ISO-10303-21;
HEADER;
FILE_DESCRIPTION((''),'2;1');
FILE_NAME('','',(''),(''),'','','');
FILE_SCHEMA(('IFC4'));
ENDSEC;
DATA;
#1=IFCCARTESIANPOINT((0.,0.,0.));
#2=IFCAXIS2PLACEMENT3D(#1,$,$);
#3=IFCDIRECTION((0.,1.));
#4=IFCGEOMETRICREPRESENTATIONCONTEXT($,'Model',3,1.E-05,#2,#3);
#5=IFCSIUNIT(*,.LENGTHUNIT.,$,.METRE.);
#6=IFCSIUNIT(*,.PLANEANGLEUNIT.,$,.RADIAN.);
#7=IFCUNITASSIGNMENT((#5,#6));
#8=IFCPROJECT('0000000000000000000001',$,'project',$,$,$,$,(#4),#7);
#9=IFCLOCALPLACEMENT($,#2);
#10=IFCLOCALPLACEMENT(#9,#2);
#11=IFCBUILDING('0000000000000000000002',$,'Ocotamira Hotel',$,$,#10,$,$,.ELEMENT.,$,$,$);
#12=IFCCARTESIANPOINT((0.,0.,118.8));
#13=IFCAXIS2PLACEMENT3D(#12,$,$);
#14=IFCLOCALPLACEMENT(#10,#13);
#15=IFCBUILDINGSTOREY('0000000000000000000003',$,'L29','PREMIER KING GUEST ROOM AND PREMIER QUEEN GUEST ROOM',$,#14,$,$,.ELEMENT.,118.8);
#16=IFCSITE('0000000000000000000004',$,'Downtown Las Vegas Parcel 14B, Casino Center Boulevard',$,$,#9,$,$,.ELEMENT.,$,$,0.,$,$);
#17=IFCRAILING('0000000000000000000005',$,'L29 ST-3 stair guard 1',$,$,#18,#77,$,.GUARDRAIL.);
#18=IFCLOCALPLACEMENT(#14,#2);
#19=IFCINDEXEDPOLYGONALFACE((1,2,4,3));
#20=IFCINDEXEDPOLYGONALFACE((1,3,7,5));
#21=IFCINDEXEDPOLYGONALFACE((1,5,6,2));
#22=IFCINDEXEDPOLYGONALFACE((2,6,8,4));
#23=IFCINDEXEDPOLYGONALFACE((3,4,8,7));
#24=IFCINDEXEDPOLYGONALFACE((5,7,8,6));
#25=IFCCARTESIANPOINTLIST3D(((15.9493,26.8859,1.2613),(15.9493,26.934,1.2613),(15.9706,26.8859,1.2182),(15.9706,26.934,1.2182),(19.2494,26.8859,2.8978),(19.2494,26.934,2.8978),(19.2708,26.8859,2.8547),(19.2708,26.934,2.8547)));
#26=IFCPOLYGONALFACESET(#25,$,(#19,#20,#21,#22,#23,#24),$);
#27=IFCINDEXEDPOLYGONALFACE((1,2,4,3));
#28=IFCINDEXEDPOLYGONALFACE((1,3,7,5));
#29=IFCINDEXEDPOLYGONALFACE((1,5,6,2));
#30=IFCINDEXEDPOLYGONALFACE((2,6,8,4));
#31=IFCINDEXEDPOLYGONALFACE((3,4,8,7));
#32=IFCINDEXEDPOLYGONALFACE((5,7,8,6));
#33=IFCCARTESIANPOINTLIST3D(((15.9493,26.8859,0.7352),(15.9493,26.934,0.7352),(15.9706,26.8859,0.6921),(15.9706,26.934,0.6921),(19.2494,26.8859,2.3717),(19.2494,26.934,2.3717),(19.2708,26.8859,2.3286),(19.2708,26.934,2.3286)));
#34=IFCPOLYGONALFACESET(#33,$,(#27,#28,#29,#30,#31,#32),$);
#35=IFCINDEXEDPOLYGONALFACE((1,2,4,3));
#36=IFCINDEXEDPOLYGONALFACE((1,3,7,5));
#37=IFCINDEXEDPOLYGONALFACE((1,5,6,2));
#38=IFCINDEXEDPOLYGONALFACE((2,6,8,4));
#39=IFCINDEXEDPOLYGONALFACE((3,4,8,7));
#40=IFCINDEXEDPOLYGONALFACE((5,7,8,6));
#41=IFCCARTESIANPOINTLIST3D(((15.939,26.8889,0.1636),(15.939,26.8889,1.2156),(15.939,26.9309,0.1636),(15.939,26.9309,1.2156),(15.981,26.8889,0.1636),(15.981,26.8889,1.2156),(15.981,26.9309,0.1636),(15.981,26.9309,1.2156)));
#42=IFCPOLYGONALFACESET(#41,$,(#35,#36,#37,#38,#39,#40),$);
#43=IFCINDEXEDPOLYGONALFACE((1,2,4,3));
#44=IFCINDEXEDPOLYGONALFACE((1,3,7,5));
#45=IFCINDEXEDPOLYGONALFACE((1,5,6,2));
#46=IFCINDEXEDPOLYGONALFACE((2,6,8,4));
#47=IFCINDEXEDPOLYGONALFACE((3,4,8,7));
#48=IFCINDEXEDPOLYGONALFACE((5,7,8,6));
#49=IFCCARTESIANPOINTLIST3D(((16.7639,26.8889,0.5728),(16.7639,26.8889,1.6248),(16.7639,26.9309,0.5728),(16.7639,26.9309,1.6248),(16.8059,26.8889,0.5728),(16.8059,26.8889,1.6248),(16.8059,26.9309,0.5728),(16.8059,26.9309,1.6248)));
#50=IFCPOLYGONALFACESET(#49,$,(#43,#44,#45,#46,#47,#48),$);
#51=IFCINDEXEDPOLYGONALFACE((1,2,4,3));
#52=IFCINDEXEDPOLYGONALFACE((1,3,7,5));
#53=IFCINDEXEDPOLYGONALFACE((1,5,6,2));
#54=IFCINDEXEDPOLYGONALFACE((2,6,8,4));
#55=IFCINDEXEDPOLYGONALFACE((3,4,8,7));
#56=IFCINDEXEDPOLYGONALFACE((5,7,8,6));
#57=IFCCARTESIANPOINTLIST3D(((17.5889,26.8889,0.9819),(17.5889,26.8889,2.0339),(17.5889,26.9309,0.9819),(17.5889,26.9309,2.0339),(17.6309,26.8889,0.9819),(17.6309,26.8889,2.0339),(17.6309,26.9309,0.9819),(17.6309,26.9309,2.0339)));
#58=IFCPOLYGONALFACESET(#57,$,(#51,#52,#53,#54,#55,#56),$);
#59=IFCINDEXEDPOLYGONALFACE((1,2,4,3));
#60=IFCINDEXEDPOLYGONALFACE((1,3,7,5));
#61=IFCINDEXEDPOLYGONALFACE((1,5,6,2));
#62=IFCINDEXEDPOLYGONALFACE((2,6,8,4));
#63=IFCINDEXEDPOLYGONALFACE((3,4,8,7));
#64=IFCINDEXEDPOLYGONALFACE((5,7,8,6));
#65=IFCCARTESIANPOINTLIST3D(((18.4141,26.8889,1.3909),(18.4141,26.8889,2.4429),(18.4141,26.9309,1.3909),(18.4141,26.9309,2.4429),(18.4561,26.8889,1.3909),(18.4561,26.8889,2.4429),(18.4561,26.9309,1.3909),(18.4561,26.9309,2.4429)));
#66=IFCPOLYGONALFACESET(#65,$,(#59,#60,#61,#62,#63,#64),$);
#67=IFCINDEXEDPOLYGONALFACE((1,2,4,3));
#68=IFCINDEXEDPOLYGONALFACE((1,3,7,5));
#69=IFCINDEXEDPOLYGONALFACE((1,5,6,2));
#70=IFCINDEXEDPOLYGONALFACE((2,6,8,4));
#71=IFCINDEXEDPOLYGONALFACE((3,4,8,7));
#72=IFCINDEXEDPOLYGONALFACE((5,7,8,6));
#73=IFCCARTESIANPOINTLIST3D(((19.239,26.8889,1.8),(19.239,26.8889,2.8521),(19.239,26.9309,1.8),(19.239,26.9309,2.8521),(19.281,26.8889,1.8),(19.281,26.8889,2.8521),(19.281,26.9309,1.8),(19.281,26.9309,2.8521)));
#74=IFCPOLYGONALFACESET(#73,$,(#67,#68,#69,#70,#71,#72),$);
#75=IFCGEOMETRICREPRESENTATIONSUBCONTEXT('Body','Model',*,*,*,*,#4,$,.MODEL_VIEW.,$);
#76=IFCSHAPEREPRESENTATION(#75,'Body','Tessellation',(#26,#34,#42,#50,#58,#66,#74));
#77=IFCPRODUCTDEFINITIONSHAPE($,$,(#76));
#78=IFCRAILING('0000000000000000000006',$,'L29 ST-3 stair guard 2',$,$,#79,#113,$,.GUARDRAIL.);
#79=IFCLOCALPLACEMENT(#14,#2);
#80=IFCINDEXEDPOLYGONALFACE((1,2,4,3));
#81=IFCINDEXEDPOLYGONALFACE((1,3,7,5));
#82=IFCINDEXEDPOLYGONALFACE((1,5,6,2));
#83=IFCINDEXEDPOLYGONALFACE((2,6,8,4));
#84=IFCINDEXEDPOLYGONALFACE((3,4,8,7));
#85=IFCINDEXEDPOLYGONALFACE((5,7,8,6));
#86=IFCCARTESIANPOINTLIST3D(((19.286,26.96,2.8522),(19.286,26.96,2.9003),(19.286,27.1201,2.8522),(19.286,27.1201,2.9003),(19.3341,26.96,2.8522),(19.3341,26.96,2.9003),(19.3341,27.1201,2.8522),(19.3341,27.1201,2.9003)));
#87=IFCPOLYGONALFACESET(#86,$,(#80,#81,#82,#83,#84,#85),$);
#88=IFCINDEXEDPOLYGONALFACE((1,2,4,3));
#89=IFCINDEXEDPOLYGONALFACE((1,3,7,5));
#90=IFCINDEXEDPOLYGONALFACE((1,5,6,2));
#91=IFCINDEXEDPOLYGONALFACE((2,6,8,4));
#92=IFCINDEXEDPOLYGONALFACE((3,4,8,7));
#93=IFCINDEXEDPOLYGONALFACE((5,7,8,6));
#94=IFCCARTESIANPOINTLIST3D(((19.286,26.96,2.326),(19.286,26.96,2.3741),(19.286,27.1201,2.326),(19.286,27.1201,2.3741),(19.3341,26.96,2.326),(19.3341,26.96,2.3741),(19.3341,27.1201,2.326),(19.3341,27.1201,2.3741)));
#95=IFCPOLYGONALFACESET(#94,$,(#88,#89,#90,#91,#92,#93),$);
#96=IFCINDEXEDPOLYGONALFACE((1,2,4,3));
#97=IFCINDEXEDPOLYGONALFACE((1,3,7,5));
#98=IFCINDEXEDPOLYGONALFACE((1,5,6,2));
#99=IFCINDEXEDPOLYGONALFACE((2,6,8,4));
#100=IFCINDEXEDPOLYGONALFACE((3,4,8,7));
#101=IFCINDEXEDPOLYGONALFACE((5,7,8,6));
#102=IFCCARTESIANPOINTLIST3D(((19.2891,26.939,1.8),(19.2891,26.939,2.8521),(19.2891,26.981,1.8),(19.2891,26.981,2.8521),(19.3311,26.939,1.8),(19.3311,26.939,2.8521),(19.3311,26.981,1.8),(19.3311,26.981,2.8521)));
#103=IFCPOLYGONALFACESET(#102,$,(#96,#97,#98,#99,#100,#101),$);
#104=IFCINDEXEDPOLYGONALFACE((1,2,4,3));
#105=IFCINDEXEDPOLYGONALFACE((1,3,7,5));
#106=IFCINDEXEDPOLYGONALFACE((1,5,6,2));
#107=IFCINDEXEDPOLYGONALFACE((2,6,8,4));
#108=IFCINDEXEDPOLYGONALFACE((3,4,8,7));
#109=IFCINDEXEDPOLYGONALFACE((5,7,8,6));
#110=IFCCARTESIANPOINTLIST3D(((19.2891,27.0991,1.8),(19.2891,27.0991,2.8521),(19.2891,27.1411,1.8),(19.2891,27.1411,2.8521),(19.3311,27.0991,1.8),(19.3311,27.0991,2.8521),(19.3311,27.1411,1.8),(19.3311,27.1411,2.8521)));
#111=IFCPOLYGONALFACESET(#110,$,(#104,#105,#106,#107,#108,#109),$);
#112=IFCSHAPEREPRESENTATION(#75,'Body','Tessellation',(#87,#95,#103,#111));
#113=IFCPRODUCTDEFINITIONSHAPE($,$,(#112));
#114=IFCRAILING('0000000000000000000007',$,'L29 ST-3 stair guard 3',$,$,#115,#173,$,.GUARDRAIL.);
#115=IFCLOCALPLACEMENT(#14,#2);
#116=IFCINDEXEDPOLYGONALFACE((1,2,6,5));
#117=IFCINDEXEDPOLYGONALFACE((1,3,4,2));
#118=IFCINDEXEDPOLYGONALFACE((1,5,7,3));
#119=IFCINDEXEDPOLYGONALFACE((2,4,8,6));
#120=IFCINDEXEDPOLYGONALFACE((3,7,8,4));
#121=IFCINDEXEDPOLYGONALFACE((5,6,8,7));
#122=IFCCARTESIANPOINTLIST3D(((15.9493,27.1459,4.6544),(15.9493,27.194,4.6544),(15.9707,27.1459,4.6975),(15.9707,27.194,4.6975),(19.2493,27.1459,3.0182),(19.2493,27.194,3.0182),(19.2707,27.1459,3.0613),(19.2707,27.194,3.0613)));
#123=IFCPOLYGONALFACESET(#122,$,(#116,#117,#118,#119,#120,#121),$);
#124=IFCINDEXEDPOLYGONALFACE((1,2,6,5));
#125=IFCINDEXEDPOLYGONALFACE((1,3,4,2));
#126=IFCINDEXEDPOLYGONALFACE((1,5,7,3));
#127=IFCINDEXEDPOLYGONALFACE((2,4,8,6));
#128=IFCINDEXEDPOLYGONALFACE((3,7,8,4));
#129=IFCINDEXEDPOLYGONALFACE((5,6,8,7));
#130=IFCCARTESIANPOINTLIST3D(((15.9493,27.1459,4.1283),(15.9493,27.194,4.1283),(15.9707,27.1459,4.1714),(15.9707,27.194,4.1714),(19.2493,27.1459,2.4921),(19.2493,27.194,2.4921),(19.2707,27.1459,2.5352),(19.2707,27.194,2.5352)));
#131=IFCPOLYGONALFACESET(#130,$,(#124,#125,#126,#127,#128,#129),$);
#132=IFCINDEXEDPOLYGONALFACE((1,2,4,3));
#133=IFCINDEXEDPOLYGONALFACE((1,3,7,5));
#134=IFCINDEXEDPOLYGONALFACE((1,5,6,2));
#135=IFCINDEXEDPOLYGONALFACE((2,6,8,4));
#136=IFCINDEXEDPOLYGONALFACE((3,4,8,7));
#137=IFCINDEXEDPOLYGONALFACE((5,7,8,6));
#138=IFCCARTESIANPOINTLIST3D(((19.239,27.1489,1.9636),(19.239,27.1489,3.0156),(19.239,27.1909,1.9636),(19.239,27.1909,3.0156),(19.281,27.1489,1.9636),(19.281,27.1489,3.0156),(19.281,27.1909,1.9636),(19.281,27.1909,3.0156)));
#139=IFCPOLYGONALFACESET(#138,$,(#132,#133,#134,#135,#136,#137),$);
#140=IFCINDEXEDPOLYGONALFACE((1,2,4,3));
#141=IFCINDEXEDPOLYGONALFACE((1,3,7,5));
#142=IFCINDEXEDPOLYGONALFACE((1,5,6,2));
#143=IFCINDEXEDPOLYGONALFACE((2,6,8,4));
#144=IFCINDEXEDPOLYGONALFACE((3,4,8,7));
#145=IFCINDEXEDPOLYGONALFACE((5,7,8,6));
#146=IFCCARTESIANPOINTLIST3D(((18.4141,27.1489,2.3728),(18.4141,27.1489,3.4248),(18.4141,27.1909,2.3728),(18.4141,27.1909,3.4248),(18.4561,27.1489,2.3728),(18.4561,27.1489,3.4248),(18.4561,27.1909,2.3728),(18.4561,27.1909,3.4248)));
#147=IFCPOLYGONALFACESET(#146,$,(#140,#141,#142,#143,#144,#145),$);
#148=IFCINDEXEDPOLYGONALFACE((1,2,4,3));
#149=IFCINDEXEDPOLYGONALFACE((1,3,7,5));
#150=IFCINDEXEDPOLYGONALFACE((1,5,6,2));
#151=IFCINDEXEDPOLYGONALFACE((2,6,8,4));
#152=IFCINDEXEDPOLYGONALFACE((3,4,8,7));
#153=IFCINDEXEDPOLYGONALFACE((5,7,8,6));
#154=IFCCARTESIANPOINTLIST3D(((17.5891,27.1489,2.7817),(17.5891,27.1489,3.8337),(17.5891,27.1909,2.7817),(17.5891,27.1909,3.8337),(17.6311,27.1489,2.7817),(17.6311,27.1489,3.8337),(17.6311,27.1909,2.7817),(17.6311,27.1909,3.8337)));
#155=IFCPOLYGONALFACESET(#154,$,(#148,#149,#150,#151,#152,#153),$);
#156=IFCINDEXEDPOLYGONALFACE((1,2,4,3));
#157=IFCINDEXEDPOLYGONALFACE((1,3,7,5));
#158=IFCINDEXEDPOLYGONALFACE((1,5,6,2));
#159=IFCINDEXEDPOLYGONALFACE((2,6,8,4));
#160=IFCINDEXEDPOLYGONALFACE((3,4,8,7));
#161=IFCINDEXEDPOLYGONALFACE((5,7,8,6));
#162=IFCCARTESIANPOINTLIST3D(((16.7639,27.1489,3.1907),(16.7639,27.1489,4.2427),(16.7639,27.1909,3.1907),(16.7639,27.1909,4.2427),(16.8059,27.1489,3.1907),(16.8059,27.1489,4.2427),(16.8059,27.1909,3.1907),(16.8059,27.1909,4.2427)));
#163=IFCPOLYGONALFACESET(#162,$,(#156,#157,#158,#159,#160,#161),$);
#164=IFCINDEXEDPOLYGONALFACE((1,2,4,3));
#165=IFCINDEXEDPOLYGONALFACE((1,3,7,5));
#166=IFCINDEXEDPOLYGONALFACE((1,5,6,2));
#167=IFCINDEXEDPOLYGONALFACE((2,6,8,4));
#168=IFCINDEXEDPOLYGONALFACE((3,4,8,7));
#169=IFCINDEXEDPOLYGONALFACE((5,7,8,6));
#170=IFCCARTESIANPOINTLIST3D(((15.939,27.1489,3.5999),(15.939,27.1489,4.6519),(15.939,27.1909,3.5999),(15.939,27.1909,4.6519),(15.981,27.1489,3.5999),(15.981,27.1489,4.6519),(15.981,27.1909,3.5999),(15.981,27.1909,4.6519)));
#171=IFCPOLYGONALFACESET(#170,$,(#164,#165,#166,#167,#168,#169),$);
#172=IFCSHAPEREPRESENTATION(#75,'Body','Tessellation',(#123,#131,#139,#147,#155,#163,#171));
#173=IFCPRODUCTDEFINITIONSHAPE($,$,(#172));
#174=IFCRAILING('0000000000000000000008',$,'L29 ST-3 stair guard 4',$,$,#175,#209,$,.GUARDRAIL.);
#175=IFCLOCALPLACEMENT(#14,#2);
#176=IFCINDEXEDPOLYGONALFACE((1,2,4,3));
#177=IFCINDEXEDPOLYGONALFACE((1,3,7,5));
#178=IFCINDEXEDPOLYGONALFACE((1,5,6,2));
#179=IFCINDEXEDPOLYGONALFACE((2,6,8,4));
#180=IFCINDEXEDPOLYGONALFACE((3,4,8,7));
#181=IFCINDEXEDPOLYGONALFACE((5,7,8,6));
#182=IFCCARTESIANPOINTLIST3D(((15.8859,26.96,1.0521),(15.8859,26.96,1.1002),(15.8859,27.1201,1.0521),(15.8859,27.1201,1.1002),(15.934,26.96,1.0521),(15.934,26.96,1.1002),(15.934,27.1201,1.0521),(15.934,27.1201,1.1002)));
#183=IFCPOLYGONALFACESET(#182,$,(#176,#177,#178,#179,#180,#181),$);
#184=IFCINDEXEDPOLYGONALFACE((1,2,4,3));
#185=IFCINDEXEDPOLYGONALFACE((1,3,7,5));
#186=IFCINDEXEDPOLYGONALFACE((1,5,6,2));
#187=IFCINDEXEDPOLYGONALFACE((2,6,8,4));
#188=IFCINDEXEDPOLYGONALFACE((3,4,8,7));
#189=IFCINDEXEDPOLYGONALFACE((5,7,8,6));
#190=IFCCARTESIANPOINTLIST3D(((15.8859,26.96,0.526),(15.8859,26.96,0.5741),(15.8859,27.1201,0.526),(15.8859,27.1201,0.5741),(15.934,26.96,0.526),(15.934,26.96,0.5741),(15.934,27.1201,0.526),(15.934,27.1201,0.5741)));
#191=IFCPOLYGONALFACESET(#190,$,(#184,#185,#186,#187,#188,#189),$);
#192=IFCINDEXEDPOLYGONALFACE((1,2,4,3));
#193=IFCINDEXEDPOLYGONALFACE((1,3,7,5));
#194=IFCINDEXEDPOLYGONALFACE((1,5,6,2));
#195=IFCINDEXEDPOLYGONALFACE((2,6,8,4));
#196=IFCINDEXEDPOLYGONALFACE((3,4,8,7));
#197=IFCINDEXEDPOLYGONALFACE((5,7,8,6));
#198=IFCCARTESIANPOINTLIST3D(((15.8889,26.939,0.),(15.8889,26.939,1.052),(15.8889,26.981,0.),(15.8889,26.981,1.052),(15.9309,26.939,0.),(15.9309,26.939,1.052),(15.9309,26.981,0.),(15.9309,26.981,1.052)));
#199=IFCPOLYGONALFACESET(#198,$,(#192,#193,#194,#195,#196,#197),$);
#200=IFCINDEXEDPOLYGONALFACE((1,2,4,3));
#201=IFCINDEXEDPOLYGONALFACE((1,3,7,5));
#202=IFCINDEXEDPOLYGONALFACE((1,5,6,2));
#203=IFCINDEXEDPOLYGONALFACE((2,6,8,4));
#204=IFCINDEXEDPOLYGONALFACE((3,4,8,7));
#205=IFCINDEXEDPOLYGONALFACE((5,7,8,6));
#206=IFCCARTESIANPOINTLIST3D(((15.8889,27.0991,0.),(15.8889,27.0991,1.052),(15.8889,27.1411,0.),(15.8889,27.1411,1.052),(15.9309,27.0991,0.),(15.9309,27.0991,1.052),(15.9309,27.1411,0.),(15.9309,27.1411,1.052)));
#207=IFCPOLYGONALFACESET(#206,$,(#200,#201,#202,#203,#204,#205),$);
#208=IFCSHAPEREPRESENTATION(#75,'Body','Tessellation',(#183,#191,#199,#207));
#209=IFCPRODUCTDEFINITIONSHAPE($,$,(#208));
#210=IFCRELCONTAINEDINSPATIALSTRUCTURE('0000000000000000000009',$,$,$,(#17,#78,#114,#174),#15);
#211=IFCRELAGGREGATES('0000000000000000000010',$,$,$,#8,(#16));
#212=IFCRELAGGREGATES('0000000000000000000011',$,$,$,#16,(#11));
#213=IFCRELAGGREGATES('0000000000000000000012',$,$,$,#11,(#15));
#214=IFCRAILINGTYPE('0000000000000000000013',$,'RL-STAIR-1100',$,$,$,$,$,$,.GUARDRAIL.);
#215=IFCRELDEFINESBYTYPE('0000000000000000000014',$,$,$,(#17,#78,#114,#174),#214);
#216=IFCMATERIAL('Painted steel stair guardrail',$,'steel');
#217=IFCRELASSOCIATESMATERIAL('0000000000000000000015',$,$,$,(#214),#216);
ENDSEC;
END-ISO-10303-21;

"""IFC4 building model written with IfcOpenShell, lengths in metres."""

from ifc_helpers import new_model, si_unit, direction, frame, origin, origin_2d, place, context, subcontext, project, spatial, rectangle, extrude, material, type_object, element, save


model = new_model("IFC4")

# Units and contexts
model_context = context("Model", 3, precision=1e-05, world=origin(), true_north=direction((0.0, 1.0)))
body_context = subcontext(model_context, "Body", "Model", "MODEL_VIEW")
ifc_project = project(units=[si_unit("LENGTHUNIT", "METRE"), si_unit("PLANEANGLEUNIT", "RADIAN")], contexts=[model_context])

# Site, building, storey
site_placement = place(None, origin())
site = spatial("IfcSite", under=ifc_project, at=site_placement, Name="Downtown Las Vegas Parcel 14B, Casino Center Boulevard", CompositionType="ELEMENT", RefElevation=0.0)
building_placement = place(site_placement, origin())
building = spatial("IfcBuilding", under=site, at=building_placement, Name="Ocotamira Hotel", CompositionType="ELEMENT")
storey_placement = place(building_placement, frame((0.0, 0.0, 118.8)))
storey = spatial("IfcBuildingStorey", under=building, at=storey_placement, Name="L29", Description="PREMIER KING GUEST ROOM AND PREMIER QUEEN GUEST ROOM", CompositionType="ELEMENT", Elevation=118.8)

# Railings
ifc_material_1 = material(Name="Painted steel stair guardrail", Category="steel")
railing_type_1 = type_object("IfcRailingType", Name="RL-STAIR-1100", PredefinedType="GUARDRAIL", material=ifc_material_1)
railing_1_placement = place(storey_placement, frame((15.96, 26.9099, 0.1636)))
element("IfcRailing", 1, at=railing_1_placement, inside=storey, type_object=railing_type_1, Name="L29 ST-3 stair guard 1", PredefinedType="GUARDRAIL", context=body_context, shape_type="SweptSolid", body=[
    extrude(rectangle(XDim=0.0481, YDim=0.0481, at=origin_2d()), frame((0.0, 0.0, 1.0762), z_axis=(0.895894, 0.0, 0.444268), x_axis=(0.0, 1.0, 0.0)), (0.0, 0.0, 1.0), 3.6836),
    extrude(rectangle(XDim=0.0481, YDim=0.0481, at=origin_2d()), frame((0.0, 0.0, 0.55), z_axis=(0.895894, 0.0, 0.444268), x_axis=(0.0, 1.0, 0.0)), (0.0, 0.0, 1.0), 3.6836),
    extrude(rectangle(XDim=0.042, YDim=0.042, at=origin_2d()), origin(), (0.0, 0.0, 1.0), 1.052),
    extrude(rectangle(XDim=0.042, YDim=0.042, at=origin_2d()), frame((0.825, 0.0, 0.4092)), (0.0, 0.0, 1.0), 1.052),
    extrude(rectangle(XDim=0.042, YDim=0.042, at=origin_2d()), frame((1.6499, 0.0, 0.8184)), (0.0, 0.0, 1.0), 1.052),
    extrude(rectangle(XDim=0.042, YDim=0.042, at=origin_2d()), frame((2.4751, 0.0, 1.2273)), (0.0, 0.0, 1.0), 1.052),
    extrude(rectangle(XDim=0.042, YDim=0.042, at=origin_2d()), frame((3.3, 0.0, 1.6365)), (0.0, 0.0, 1.0), 1.052),
])
railing_2_placement = place(storey_placement, frame((19.3101, 26.96, 1.8)))
element("IfcRailing", 2, at=railing_2_placement, inside=storey, type_object=railing_type_1, Name="L29 ST-3 stair guard 2", PredefinedType="GUARDRAIL", context=body_context, shape_type="SweptSolid", body=[
    extrude(rectangle(XDim=0.0481, YDim=0.0481, at=origin_2d()), frame((0.0, 0.0, 1.0762), z_axis=(0.0, 1.0, 0.0), x_axis=(-1.0, 0.0, 0.0)), (0.0, 0.0, 1.0), 0.1602),
    extrude(rectangle(XDim=0.0481, YDim=0.0481, at=origin_2d()), frame((0.0, 0.0, 0.55), z_axis=(0.0, 1.0, 0.0), x_axis=(-1.0, 0.0, 0.0)), (0.0, 0.0, 1.0), 0.1602),
    extrude(rectangle(XDim=0.042, YDim=0.042, at=origin_2d()), origin(), (0.0, 0.0, 1.0), 1.052),
    extrude(rectangle(XDim=0.042, YDim=0.042, at=origin_2d()), frame((0.0, 0.1602, 0.0)), (0.0, 0.0, 1.0), 1.052),
])
railing_3_placement = place(storey_placement, frame((19.26, 27.1699, 1.9636)))
element("IfcRailing", 3, at=railing_3_placement, inside=storey, type_object=railing_type_1, Name="L29 ST-3 stair guard 3", PredefinedType="GUARDRAIL", context=body_context, shape_type="SweptSolid", body=[
    extrude(rectangle(XDim=0.0481, YDim=0.0481, at=origin_2d()), frame((0.0, 0.0, 1.0762), z_axis=(-0.89592, 0.0, 0.444215), x_axis=(0.0, -1.0, 0.0)), (0.0, 0.0, 1.0), 3.6833),
    extrude(rectangle(XDim=0.0481, YDim=0.0481, at=origin_2d()), frame((0.0, 0.0, 0.55), z_axis=(-0.89592, 0.0, 0.444215), x_axis=(0.0, -1.0, 0.0)), (0.0, 0.0, 1.0), 3.6833),
    extrude(rectangle(XDim=0.042, YDim=0.042, at=origin_2d()), origin(), (0.0, 0.0, 1.0), 1.052),
    extrude(rectangle(XDim=0.042, YDim=0.042, at=origin_2d()), frame((-0.825, 0.0, 0.4092)), (0.0, 0.0, 1.0), 1.052),
    extrude(rectangle(XDim=0.042, YDim=0.042, at=origin_2d()), frame((-1.6499, 0.0, 0.8181)), (0.0, 0.0, 1.0), 1.052),
    extrude(rectangle(XDim=0.042, YDim=0.042, at=origin_2d()), frame((-2.4751, 0.0, 1.2271)), (0.0, 0.0, 1.0), 1.052),
    extrude(rectangle(XDim=0.042, YDim=0.042, at=origin_2d()), frame((-3.3, 0.0, 1.6362)), (0.0, 0.0, 1.0), 1.052),
])
railing_4_placement = place(storey_placement, frame((15.9099, 26.96, 0.0)))
element("IfcRailing", 4, at=railing_4_placement, inside=storey, type_object=railing_type_1, Name="L29 ST-3 stair guard 4", PredefinedType="GUARDRAIL", context=body_context, shape_type="SweptSolid", body=[
    extrude(rectangle(XDim=0.0481, YDim=0.0481, at=origin_2d()), frame((0.0, 0.0, 1.0762), z_axis=(0.0, 1.0, 0.0), x_axis=(-1.0, 0.0, 0.0)), (0.0, 0.0, 1.0), 0.1602),
    extrude(rectangle(XDim=0.0481, YDim=0.0481, at=origin_2d()), frame((0.0, 0.0, 0.55), z_axis=(0.0, 1.0, 0.0), x_axis=(-1.0, 0.0, 0.0)), (0.0, 0.0, 1.0), 0.1602),
    extrude(rectangle(XDim=0.042, YDim=0.042, at=origin_2d()), origin(), (0.0, 0.0, 1.0), 1.052),
    extrude(rectangle(XDim=0.042, YDim=0.042, at=origin_2d()), frame((0.0, 0.1602, 0.0)), (0.0, 0.0, 1.0), 1.052),
])

save(model, "model.ifc")
